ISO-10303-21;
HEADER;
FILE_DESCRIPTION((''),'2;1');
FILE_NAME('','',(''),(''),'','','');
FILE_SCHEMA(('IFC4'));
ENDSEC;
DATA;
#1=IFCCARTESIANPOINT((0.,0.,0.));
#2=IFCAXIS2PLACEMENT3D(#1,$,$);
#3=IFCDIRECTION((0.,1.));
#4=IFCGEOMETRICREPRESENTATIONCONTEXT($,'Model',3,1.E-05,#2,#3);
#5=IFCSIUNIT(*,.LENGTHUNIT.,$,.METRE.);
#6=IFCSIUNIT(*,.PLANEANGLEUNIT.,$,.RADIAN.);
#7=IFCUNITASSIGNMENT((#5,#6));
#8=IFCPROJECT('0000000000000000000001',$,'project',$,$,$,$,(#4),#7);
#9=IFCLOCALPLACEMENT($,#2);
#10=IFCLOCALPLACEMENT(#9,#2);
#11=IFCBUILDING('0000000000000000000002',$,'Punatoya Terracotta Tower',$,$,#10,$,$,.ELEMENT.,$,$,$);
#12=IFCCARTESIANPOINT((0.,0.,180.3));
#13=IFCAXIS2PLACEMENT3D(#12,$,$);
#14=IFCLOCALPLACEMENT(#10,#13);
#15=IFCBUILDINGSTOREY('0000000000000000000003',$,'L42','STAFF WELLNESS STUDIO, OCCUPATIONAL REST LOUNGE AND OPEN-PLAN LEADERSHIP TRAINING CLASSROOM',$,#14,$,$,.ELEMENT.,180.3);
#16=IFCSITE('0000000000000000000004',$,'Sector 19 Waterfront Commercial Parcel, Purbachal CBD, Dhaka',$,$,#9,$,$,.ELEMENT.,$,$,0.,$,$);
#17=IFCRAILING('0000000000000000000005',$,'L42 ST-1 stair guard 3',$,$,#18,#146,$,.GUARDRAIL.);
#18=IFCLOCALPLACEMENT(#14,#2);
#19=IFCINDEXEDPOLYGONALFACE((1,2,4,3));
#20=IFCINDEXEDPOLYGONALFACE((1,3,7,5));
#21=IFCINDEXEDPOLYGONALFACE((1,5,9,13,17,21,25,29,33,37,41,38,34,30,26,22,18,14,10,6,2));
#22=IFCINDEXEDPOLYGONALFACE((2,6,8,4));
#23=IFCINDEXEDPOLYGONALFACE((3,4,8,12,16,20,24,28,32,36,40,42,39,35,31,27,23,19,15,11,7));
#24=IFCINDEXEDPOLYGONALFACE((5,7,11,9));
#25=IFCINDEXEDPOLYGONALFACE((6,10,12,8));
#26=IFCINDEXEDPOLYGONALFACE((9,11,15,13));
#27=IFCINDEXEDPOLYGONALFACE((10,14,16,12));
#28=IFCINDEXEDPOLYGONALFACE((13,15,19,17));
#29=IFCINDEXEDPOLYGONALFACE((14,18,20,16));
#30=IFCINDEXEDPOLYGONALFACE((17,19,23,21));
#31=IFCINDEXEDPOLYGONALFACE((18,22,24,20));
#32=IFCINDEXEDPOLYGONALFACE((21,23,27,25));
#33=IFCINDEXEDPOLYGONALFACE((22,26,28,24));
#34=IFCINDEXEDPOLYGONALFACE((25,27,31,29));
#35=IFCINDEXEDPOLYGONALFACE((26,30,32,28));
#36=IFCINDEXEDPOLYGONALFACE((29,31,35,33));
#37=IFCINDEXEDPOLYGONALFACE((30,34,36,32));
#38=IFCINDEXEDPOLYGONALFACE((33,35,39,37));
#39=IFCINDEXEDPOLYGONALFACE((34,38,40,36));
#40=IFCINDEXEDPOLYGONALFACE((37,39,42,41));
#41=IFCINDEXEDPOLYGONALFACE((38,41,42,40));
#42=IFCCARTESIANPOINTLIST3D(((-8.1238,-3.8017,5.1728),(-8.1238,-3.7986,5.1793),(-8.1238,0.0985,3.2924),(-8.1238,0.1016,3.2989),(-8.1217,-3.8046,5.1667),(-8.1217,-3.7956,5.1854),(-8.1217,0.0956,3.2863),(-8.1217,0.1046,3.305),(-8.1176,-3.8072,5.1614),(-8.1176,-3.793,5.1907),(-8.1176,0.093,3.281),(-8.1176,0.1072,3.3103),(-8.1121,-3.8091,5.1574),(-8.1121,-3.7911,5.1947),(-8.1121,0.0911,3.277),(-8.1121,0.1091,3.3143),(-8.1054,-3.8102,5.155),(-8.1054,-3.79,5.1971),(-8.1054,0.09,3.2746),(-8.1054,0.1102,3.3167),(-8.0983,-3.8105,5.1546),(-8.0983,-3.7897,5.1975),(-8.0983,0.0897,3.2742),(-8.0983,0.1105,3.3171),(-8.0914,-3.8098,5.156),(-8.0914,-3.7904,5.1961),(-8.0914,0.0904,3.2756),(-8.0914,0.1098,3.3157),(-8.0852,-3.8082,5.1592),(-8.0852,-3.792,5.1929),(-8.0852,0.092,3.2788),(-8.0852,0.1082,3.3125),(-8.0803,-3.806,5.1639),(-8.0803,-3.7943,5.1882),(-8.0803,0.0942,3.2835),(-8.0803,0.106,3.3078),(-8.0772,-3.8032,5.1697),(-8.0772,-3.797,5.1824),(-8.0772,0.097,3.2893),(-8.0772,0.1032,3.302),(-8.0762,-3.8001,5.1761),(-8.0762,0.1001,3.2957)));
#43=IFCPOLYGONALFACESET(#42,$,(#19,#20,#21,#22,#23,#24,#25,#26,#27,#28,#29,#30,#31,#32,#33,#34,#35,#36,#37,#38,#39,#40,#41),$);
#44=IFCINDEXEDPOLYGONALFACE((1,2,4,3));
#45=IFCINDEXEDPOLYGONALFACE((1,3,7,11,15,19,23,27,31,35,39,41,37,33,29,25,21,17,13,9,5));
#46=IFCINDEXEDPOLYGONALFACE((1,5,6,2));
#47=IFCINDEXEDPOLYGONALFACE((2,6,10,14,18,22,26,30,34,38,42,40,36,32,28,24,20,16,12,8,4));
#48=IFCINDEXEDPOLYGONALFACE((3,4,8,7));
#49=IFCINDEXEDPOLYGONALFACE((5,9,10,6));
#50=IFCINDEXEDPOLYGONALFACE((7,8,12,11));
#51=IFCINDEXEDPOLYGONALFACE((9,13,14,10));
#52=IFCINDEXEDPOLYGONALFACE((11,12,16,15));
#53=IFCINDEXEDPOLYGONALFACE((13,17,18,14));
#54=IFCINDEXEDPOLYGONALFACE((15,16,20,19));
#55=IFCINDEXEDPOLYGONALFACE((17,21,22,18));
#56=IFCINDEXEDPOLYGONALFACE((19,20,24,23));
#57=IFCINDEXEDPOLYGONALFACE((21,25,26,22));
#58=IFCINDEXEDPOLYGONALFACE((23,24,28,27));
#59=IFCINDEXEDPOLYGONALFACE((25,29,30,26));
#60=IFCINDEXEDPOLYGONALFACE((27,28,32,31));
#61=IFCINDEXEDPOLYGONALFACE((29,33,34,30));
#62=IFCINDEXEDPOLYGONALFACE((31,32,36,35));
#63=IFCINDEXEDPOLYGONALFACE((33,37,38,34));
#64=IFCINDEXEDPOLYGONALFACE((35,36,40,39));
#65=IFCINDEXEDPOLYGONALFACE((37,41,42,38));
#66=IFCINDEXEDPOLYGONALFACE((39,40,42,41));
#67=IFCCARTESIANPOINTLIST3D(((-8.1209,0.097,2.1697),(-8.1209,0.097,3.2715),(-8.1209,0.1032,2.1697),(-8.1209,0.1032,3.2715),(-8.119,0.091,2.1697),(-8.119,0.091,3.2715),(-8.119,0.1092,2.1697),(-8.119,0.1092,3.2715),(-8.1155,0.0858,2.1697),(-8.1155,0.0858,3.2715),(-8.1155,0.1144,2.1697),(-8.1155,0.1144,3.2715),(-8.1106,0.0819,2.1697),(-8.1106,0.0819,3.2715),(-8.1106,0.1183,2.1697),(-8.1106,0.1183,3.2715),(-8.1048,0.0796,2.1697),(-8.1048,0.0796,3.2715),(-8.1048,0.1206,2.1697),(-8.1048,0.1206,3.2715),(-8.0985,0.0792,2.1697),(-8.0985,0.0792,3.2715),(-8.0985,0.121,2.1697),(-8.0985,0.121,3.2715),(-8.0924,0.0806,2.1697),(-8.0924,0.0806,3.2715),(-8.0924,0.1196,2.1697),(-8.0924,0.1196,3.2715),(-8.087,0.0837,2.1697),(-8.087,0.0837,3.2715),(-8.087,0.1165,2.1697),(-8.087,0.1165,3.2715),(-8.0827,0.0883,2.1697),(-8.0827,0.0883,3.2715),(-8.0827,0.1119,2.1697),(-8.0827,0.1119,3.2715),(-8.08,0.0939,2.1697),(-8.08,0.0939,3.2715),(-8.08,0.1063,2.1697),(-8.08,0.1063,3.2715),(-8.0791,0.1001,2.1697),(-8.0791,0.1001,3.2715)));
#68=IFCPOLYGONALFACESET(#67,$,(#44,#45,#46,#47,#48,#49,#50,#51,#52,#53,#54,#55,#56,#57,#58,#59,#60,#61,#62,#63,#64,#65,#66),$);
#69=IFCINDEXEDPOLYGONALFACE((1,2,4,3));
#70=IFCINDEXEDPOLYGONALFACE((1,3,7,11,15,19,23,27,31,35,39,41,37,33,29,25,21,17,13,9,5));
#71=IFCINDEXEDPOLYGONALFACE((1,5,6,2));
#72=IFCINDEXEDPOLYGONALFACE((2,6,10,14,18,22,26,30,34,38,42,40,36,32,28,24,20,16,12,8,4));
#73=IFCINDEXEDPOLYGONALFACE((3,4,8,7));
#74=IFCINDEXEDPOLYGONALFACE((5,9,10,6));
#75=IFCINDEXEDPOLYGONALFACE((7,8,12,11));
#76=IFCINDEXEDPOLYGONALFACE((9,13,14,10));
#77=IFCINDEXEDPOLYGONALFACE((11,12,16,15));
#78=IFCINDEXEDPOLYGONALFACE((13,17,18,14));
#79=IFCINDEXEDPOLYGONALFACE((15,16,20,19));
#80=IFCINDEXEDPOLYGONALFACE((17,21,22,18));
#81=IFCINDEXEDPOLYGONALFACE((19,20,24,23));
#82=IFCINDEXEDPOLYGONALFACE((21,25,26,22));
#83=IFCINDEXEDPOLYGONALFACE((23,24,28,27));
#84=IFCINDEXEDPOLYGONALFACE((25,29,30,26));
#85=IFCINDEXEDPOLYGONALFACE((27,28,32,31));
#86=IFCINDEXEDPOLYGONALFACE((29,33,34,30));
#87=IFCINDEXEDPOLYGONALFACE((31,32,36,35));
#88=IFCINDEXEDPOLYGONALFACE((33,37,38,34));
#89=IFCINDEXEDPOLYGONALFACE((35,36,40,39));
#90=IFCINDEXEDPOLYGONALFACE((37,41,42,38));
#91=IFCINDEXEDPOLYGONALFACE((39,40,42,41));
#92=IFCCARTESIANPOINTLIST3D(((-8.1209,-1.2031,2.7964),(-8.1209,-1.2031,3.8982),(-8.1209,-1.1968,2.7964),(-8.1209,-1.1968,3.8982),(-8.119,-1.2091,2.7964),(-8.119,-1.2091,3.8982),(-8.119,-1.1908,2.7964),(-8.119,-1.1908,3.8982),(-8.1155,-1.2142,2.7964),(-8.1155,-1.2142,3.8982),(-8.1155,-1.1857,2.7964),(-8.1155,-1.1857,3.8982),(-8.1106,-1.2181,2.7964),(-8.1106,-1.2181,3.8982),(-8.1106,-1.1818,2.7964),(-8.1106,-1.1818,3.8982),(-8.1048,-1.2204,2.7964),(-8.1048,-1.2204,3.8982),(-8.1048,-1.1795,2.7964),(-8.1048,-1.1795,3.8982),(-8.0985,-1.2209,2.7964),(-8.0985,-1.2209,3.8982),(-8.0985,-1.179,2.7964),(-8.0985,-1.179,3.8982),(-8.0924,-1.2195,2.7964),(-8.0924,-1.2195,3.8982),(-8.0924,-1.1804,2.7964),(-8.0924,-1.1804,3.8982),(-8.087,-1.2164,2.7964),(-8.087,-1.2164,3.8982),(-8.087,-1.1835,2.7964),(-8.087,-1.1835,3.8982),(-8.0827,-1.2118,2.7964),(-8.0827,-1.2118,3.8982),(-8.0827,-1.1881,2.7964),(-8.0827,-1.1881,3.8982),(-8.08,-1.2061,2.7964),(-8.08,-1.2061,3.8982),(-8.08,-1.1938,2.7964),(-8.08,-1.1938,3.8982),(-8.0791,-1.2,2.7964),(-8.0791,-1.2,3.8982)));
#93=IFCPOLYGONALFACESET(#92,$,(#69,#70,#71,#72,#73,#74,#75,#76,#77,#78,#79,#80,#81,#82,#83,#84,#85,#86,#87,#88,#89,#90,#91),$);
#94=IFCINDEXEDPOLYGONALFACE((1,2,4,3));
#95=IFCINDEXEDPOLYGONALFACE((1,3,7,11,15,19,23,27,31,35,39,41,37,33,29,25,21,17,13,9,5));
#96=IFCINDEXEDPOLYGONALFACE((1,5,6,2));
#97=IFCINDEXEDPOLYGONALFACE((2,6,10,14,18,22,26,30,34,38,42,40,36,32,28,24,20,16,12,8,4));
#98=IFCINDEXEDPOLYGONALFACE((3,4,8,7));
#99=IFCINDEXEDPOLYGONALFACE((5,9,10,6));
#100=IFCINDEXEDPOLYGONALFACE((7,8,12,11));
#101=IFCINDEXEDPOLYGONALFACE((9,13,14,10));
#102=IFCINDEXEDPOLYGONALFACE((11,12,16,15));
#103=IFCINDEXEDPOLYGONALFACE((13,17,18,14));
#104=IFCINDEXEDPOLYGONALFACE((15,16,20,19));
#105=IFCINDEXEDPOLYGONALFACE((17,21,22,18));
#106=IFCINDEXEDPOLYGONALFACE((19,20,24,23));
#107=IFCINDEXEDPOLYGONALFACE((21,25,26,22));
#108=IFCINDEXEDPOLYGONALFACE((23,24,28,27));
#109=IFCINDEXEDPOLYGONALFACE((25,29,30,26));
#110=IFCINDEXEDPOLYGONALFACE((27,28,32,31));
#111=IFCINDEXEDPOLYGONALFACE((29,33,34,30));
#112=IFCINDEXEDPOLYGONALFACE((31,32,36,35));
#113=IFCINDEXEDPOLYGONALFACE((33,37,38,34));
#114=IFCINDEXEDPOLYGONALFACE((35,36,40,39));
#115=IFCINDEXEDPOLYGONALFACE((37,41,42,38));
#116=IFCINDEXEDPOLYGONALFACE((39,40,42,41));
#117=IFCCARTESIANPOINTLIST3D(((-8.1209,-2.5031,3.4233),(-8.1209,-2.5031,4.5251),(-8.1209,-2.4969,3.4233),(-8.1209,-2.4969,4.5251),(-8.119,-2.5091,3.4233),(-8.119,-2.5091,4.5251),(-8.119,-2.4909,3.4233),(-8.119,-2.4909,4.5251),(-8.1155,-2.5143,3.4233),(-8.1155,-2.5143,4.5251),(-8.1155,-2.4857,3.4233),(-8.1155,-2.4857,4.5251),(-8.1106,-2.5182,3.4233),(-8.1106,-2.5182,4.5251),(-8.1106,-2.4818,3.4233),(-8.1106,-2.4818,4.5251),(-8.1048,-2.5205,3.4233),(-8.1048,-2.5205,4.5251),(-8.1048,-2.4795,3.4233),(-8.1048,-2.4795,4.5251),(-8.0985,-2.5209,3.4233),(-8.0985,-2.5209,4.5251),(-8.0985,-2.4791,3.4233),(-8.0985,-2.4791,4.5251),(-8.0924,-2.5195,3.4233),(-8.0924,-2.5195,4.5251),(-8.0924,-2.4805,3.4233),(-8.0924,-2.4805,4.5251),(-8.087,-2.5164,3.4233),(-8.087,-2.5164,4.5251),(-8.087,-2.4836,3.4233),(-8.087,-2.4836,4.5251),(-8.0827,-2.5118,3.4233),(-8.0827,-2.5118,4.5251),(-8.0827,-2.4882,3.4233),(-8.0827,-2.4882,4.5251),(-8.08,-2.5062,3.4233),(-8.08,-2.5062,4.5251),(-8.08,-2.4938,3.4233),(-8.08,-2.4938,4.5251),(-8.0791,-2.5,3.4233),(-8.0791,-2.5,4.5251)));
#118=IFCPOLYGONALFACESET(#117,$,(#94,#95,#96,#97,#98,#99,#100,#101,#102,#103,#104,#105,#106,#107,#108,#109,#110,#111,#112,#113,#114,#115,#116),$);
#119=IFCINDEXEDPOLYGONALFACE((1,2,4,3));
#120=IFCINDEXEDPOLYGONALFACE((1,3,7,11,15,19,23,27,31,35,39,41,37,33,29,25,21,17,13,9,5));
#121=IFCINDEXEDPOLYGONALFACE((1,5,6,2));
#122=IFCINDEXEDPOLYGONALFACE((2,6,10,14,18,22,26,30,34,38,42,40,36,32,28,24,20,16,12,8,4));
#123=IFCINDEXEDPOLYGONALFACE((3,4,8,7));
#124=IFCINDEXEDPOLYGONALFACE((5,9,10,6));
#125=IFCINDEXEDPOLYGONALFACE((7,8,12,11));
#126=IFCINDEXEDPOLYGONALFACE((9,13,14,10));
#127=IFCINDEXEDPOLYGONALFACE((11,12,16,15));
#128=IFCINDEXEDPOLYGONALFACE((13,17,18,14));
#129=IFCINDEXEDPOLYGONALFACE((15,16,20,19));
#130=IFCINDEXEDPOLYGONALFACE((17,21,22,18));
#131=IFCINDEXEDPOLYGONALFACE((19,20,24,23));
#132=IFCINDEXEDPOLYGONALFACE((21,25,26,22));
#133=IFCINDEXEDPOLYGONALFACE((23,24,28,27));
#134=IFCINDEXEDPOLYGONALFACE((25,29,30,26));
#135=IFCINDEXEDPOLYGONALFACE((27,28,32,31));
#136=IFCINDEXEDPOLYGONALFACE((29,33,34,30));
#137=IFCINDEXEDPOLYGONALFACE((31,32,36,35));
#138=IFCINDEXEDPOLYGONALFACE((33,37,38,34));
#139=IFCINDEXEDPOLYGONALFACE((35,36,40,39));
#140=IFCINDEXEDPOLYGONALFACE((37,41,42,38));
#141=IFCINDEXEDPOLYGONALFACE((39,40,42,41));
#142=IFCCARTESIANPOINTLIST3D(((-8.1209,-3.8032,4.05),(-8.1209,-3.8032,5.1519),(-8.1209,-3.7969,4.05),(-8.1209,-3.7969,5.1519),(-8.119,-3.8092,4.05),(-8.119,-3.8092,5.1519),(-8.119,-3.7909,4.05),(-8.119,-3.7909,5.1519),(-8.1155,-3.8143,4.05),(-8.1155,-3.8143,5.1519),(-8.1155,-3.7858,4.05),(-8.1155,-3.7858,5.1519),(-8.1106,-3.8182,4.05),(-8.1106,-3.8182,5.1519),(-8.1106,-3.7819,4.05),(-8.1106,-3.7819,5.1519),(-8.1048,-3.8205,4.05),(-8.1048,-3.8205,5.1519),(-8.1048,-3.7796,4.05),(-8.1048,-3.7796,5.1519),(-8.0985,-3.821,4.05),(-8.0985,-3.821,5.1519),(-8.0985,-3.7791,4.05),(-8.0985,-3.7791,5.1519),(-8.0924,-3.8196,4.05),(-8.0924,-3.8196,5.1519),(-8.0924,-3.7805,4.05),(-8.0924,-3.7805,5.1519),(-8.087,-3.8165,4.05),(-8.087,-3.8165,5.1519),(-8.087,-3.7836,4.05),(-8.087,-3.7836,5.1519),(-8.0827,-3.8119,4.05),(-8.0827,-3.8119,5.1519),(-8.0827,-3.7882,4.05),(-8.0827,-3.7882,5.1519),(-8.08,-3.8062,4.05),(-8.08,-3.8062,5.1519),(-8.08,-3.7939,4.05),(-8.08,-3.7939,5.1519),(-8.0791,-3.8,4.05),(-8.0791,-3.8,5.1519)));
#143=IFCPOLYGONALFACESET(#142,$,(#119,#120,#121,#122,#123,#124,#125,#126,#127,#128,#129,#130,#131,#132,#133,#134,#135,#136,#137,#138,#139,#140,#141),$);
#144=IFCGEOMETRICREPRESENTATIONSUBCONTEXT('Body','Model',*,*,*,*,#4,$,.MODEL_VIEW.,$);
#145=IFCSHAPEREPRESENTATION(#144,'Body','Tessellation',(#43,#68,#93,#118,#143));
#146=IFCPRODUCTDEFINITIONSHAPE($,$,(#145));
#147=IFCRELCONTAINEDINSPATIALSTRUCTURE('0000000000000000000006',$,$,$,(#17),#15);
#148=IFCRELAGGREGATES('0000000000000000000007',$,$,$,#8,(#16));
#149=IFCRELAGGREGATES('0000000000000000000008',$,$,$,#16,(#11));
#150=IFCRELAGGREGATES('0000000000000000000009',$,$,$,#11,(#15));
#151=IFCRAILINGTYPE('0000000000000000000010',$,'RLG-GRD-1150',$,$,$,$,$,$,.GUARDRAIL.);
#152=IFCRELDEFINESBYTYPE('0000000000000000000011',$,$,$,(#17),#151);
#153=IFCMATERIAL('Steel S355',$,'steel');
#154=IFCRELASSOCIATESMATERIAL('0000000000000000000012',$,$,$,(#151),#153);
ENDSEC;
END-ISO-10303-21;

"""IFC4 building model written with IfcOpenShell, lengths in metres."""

from ifc_helpers import new_model, si_unit, direction, frame, origin, origin_2d, place, context, subcontext, project, spatial, circle, extrude, material, type_object, element, save


model = new_model("IFC4")

# Units and contexts
model_context = context("Model", 3, precision=1e-05, world=origin(), true_north=direction((0.0, 1.0)))
body_context = subcontext(model_context, "Body", "Model", "MODEL_VIEW")
ifc_project = project(units=[si_unit("LENGTHUNIT", "METRE"), si_unit("PLANEANGLEUNIT", "RADIAN")], contexts=[model_context])

# Site, building, storey
site_placement = place(None, origin())
site = spatial("IfcSite", under=ifc_project, at=site_placement, Name="Sector 19 Waterfront Commercial Parcel, Purbachal CBD, Dhaka", CompositionType="ELEMENT", RefElevation=0.0)
building_placement = place(site_placement, origin())
building = spatial("IfcBuilding", under=site, at=building_placement, Name="Punatoya Terracotta Tower", CompositionType="ELEMENT")
storey_placement = place(building_placement, frame((0.0, 0.0, 180.3)))
storey = spatial("IfcBuildingStorey", under=building, at=storey_placement, Name="L42", Description="STAFF WELLNESS STUDIO, OCCUPATIONAL REST LOUNGE AND OPEN-PLAN LEADERSHIP TRAINING CLASSROOM", CompositionType="ELEMENT", Elevation=180.3)

# Shared definitions
ifc_material_1 = material(Name="Steel S355", Category="steel")

# Railing
railing_type_1 = type_object("IfcRailingType", Name="RLG-GRD-1150", PredefinedType="GUARDRAIL", material=ifc_material_1)
railing_1_placement = place(storey_placement, frame((-8.1001, 0.1001, 2.1697)))
element("IfcRailing", 1, at=railing_1_placement, inside=storey, type_object=railing_type_1, Name="L42 ST-1 stair guard 3", PredefinedType="GUARDRAIL", context=body_context, shape_type="SweptSolid", body=[
    extrude(circle(Radius=0.0239, at=origin_2d()), frame((0.0, 0.0, 1.126), z_axis=(0.0, -0.900774, 0.434289), x_axis=(1.0, 0.0, 0.0)), (0.0, 0.0, 1.0), 4.3298),
    extrude(circle(Radius=0.021, at=origin_2d()), origin(), (0.0, 0.0, 1.0), 1.1018),
    extrude(circle(Radius=0.021, at=origin_2d()), frame((0.0, -1.3, 0.6267)), (0.0, 0.0, 1.0), 1.1018),
    extrude(circle(Radius=0.021, at=origin_2d()), frame((0.0, -2.6001, 1.2537)), (0.0, 0.0, 1.0), 1.1018),
    extrude(circle(Radius=0.021, at=origin_2d()), frame((0.0, -3.9001, 1.8804)), (0.0, 0.0, 1.0), 1.1018),
])

save(model, "model.ifc")
